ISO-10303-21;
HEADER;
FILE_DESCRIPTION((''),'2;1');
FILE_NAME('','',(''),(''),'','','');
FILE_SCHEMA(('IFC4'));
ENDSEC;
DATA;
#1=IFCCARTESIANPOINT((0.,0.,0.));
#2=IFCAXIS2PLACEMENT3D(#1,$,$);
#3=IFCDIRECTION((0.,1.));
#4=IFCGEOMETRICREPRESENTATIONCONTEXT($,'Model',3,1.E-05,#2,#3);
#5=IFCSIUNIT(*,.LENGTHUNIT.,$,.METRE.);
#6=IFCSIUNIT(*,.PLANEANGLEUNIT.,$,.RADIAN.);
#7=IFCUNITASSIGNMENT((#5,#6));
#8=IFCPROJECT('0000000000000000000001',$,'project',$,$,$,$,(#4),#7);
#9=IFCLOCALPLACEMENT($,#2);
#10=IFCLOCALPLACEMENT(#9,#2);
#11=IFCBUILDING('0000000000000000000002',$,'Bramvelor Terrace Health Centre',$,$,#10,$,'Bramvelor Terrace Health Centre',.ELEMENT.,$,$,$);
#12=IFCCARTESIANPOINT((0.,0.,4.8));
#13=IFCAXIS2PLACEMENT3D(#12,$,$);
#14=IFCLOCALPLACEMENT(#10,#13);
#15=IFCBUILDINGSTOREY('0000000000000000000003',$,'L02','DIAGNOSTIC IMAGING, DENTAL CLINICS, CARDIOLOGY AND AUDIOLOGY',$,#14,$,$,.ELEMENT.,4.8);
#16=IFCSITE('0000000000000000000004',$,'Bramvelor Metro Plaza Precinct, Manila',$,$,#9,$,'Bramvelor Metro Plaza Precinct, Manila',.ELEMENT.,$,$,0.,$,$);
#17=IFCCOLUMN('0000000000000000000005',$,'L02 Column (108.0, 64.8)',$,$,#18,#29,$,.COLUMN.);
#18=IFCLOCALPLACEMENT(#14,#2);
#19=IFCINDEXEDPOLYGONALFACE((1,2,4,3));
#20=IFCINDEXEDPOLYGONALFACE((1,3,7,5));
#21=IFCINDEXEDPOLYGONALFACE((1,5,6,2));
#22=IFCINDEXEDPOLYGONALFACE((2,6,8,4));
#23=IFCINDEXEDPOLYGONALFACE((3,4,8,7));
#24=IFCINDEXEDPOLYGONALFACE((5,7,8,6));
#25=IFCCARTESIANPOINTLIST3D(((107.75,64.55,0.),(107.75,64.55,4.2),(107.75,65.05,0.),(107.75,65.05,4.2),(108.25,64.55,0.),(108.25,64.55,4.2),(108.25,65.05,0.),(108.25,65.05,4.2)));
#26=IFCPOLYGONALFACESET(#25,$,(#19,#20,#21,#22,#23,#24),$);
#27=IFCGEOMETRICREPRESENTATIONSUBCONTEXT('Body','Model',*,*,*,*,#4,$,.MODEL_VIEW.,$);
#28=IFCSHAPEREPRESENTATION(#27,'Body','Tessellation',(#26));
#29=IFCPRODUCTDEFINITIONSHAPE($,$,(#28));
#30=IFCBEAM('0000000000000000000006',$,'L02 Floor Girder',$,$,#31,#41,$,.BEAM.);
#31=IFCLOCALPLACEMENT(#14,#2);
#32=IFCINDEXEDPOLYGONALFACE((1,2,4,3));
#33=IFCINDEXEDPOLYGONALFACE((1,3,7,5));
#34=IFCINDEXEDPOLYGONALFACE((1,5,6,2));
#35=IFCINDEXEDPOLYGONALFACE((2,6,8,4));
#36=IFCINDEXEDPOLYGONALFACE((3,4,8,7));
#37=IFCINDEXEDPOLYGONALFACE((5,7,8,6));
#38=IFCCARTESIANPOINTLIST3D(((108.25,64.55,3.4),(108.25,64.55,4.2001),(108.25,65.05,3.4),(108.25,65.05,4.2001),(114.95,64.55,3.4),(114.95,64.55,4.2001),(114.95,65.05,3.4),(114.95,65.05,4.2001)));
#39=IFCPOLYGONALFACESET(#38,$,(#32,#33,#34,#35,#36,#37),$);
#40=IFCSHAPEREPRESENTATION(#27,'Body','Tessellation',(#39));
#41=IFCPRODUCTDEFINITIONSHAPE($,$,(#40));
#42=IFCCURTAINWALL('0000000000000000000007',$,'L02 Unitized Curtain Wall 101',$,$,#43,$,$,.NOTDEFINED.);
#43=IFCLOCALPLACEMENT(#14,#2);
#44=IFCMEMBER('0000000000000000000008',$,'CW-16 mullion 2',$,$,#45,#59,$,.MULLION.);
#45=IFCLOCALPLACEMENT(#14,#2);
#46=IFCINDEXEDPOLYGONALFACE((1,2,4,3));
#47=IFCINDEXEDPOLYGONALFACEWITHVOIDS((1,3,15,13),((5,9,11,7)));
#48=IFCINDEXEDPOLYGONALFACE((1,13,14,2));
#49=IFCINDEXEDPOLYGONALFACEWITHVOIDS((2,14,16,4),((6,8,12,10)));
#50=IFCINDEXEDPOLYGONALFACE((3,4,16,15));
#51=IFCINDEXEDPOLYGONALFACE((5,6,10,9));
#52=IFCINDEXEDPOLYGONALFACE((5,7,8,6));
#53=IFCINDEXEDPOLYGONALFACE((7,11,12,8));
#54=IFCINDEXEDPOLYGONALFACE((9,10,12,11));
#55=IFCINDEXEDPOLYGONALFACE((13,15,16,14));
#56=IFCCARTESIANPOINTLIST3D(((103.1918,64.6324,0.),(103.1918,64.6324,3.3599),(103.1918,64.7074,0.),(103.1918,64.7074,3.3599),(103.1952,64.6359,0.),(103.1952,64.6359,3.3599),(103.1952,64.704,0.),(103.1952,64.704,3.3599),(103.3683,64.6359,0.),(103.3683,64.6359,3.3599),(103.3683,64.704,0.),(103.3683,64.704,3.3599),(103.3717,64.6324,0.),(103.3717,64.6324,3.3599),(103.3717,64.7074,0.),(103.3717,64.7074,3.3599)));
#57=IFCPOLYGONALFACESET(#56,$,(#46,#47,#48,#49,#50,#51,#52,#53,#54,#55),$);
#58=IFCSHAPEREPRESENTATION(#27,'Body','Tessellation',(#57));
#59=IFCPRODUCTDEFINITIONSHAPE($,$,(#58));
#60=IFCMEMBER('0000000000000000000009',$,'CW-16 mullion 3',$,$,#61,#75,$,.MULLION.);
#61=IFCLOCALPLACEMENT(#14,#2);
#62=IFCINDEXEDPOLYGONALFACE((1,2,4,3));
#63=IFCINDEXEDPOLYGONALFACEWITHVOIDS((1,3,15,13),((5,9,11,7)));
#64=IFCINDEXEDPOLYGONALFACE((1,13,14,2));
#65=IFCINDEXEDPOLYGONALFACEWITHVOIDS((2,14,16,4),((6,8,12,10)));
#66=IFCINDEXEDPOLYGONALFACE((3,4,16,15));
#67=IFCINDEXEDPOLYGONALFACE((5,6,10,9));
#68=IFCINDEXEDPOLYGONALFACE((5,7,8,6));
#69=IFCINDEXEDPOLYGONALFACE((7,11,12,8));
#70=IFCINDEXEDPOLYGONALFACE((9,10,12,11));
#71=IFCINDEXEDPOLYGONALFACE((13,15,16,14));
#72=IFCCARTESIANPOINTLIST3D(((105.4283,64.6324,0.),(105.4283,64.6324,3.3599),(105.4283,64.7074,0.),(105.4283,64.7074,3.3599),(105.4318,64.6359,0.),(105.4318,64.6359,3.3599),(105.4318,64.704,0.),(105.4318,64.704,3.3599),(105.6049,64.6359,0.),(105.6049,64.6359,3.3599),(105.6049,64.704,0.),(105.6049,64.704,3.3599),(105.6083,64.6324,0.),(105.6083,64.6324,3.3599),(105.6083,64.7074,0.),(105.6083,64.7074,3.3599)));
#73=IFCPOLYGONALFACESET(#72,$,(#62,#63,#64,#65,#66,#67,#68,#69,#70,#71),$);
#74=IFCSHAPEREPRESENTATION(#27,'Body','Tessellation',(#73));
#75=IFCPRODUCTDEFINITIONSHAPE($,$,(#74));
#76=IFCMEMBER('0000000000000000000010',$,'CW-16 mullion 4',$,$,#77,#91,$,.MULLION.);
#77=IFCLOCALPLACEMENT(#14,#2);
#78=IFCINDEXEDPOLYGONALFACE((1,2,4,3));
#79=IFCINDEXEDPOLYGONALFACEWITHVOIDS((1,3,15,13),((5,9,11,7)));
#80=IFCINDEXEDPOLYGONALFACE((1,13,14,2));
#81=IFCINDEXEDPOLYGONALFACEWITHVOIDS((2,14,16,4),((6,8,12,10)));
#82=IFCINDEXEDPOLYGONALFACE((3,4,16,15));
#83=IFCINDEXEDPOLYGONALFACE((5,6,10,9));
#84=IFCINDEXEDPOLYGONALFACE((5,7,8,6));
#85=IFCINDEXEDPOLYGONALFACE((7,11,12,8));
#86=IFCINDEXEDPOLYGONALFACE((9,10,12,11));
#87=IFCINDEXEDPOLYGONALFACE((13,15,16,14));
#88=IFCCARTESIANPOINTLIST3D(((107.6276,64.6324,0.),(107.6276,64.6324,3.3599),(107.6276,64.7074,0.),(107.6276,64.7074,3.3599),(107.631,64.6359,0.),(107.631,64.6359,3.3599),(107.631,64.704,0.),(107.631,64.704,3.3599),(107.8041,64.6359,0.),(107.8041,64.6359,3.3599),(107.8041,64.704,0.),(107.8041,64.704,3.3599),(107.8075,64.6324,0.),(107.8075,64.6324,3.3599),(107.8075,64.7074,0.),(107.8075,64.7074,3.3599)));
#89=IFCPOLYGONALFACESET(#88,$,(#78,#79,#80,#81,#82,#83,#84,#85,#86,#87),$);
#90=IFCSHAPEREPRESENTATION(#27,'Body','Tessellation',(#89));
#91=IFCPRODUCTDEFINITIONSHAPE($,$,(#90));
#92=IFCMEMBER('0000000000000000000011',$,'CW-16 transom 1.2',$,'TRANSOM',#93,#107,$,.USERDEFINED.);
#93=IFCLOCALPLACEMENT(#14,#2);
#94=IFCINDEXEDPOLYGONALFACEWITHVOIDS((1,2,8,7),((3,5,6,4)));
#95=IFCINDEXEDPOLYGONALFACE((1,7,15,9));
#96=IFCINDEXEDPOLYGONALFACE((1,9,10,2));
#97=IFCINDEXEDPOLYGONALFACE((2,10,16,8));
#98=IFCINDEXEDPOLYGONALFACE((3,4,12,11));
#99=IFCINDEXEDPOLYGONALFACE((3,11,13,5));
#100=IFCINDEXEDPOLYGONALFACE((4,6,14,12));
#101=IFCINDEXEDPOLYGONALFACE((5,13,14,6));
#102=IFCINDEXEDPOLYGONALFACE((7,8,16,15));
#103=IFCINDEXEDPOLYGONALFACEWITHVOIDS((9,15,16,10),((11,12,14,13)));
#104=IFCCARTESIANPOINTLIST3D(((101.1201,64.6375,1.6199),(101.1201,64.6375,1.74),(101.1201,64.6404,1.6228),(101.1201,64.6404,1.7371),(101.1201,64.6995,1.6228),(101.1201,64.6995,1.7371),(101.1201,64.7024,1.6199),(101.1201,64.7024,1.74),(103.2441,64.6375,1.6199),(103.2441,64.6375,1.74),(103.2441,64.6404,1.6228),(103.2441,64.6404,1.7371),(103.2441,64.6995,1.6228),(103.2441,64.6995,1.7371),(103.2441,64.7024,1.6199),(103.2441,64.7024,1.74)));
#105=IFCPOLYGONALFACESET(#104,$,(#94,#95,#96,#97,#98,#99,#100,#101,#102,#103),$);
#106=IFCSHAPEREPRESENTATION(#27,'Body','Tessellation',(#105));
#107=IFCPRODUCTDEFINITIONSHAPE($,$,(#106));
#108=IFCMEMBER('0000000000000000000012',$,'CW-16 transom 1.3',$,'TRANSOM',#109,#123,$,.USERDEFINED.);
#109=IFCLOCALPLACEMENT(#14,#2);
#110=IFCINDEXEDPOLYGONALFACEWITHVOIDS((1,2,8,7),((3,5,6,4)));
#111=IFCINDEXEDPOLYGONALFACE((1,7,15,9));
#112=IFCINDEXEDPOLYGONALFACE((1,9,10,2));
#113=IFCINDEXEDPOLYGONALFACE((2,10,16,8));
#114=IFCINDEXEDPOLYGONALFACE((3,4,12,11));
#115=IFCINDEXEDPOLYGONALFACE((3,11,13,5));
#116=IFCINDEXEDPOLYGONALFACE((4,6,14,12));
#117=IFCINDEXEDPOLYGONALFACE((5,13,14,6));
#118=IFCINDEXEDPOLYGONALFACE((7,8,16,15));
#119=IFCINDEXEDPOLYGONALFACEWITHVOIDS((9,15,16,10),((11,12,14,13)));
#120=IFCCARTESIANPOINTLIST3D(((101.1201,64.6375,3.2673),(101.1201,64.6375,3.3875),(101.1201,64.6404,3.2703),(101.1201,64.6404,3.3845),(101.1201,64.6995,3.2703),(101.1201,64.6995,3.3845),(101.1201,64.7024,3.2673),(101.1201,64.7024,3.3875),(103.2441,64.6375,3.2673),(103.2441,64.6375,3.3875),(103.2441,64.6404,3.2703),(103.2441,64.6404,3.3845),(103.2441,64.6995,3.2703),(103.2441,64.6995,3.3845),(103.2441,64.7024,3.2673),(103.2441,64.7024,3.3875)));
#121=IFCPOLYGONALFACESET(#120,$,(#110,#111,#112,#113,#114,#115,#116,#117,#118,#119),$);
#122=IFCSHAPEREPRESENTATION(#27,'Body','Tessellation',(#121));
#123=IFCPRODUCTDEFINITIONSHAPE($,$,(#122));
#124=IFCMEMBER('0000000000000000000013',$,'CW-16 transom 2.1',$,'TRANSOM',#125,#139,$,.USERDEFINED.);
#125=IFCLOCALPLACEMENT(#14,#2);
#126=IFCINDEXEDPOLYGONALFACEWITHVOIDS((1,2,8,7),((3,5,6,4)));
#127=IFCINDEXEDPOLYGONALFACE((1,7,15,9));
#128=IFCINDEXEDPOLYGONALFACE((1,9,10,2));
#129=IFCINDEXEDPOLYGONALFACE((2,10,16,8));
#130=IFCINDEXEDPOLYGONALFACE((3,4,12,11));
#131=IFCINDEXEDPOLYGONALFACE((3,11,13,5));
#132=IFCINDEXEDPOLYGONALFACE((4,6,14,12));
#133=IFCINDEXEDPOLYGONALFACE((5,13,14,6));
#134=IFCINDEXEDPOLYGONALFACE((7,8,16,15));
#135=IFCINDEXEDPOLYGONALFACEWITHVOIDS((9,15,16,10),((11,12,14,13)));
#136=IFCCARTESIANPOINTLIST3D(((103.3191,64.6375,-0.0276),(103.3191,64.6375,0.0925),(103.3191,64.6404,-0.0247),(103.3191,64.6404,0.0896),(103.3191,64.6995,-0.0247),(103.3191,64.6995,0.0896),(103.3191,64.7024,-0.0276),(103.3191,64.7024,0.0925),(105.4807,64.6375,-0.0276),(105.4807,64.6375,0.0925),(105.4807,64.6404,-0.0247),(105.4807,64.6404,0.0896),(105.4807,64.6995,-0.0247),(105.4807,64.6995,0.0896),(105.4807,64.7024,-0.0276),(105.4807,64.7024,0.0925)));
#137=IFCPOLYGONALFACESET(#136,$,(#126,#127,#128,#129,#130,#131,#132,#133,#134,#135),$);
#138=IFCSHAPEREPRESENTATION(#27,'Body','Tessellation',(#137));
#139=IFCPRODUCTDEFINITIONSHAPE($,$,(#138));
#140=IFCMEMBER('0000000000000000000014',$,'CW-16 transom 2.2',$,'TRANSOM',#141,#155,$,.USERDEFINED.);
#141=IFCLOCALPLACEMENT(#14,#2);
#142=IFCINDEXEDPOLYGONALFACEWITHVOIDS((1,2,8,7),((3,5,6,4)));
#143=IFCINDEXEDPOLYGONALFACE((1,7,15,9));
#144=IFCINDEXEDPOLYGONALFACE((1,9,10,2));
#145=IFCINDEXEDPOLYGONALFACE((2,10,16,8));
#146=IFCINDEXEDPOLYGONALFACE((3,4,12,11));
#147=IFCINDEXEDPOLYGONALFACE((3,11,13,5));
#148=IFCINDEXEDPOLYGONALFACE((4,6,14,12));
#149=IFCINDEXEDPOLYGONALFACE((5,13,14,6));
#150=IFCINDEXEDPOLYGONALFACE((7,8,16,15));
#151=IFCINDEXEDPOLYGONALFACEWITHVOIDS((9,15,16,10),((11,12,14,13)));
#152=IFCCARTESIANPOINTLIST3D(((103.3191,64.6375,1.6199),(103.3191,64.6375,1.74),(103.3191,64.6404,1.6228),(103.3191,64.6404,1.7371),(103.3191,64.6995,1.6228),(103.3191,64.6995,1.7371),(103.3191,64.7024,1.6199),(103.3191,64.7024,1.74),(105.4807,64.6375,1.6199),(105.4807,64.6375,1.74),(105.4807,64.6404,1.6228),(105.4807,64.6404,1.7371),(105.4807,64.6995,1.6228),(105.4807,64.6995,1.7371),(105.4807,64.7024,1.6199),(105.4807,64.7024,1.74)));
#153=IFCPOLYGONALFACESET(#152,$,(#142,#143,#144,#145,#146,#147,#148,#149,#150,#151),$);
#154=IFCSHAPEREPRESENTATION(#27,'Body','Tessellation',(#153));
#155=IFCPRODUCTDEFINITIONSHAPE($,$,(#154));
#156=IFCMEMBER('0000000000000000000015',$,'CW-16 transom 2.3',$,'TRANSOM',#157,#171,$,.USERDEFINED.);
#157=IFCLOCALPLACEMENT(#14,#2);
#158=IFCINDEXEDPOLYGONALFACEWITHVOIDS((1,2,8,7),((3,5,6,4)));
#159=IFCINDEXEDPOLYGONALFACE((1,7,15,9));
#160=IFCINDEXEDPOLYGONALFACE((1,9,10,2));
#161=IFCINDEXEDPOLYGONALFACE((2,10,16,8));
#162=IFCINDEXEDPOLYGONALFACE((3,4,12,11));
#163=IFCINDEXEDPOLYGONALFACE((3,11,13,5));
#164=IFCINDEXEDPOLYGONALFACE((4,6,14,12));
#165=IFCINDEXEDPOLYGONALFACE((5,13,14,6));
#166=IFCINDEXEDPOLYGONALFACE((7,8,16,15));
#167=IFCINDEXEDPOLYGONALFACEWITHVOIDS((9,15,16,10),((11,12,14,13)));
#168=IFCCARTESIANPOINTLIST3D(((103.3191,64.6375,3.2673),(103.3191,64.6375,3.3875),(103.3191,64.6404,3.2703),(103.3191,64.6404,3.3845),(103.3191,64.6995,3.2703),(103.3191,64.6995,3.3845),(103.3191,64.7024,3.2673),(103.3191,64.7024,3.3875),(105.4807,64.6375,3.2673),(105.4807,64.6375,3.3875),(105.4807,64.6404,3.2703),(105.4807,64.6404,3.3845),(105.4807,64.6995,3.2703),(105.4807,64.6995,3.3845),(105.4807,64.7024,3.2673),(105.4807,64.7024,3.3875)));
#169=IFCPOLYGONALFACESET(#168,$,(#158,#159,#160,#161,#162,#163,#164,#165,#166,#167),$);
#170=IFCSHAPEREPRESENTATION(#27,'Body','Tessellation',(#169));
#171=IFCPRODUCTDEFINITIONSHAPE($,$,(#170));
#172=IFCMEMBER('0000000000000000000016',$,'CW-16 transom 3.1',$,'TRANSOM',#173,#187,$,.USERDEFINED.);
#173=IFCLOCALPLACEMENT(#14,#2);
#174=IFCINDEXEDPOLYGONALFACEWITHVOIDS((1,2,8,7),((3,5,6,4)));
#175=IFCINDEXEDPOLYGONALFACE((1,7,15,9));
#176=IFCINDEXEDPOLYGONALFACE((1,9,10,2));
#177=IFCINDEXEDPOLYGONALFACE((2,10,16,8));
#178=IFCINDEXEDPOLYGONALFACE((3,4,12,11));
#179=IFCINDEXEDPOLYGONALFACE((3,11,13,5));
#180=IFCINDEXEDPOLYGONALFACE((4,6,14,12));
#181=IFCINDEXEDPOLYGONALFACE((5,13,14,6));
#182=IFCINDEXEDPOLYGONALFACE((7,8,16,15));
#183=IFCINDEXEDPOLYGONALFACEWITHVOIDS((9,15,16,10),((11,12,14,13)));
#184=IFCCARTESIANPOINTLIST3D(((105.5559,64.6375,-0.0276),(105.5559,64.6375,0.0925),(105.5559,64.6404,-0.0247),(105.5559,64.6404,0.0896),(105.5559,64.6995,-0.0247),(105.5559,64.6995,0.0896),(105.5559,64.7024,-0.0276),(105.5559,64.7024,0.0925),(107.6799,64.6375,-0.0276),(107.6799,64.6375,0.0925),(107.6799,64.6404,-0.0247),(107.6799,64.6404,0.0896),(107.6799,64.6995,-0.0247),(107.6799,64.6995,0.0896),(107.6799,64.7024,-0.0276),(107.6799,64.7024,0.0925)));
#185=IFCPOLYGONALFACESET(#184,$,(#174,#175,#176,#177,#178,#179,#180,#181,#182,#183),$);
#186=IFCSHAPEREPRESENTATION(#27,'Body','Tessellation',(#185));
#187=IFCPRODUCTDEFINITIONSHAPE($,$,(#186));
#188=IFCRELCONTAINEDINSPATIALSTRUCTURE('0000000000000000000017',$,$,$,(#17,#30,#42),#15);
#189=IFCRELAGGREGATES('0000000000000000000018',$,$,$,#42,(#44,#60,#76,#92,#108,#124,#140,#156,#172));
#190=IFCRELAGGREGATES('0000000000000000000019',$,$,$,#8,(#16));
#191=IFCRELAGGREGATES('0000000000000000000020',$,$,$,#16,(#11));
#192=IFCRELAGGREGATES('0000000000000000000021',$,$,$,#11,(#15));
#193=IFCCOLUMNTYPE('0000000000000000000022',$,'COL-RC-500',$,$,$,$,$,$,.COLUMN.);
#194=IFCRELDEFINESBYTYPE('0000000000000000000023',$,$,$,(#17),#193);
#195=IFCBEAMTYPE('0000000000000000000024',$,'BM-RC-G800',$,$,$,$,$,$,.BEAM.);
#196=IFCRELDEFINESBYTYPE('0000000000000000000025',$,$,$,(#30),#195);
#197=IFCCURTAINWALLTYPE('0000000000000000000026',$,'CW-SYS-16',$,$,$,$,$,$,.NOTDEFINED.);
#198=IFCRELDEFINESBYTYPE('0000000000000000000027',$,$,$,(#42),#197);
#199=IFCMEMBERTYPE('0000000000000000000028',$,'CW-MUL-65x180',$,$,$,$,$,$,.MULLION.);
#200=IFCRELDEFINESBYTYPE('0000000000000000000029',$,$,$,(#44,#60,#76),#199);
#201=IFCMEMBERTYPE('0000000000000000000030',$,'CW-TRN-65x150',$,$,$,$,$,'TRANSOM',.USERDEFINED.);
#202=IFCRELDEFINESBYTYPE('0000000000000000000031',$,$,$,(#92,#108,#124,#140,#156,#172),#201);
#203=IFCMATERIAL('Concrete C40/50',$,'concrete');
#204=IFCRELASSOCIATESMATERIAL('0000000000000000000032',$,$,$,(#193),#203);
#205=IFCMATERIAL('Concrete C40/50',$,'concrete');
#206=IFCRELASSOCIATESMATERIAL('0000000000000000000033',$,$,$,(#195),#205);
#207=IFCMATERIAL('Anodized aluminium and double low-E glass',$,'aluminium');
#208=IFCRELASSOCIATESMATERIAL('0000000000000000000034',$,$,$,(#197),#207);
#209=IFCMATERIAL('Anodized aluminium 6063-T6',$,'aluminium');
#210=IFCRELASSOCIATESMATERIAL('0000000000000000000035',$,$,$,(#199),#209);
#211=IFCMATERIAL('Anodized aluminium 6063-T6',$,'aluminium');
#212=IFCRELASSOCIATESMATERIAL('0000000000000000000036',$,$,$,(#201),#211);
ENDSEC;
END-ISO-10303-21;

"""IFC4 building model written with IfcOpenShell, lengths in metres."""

from ifc_helpers import new_model, si_unit, direction, frame, origin, origin_2d, place, context, subcontext, project, spatial, rectangle, hollow_rectangle, extrude, material, material_profile, profile_set, type_object, element, aggregate, save


model = new_model("IFC4")

# Units and contexts
model_context = context("Model", 3, precision=1e-05, world=origin(), true_north=direction((0.0, 1.0)))
body_context = subcontext(model_context, "Body", "Model", "MODEL_VIEW")
ifc_project = project(units=[si_unit("LENGTHUNIT", "METRE"), si_unit("PLANEANGLEUNIT", "RADIAN")], contexts=[model_context])

# Site, building, storey
site_placement = place(None, origin())
site = spatial("IfcSite", under=ifc_project, at=site_placement, Name="Bramvelor Metro Plaza Precinct, Manila", LongName="Bramvelor Metro Plaza Precinct, Manila", CompositionType="ELEMENT", RefElevation=0.0)
building_placement = place(site_placement, origin())
building = spatial("IfcBuilding", under=site, at=building_placement, Name="Bramvelor Terrace Health Centre", LongName="Bramvelor Terrace Health Centre", CompositionType="ELEMENT")
storey_placement = place(building_placement, frame((0.0, 0.0, 4.8)))
storey = spatial("IfcBuildingStorey", under=building, at=storey_placement, Name="L02", Description="DIAGNOSTIC IMAGING, DENTAL CLINICS, CARDIOLOGY AND AUDIOLOGY", CompositionType="ELEMENT", Elevation=4.8)

# Column
ifc_material_1 = material(Name="Concrete C40/50", Category="concrete")
ifc_material_profile_1 = material_profile(ifc_material_1, rectangle(XDim=0.5, YDim=0.5, at=origin_2d()), Name="RC 500x500")
ifc_profile_set_1 = profile_set([ifc_material_profile_1], Name="Concrete C40/50")
column_type = type_object("IfcColumnType", Name="COL-RC-500", PredefinedType="COLUMN", material=ifc_profile_set_1)
column_placement = place(storey_placement, frame((108.0, 64.8, 0.0), z_axis=(0.0, 0.0, 1.0), x_axis=(1.0, 0.0, 0.0)))
element("IfcColumn", 1, at=column_placement, inside=storey, type_object=column_type, Name="L02 Column (108.0, 64.8)", PredefinedType="COLUMN", context=body_context, shape_type="SweptSolid", body=[
    extrude(rectangle(XDim=0.5, YDim=0.5, at=origin_2d()), origin(), (0.0, 0.0, 1.0), 4.2),
])

# Beam
ifc_material_2 = material(Name="Concrete C40/50", Category="concrete")
ifc_material_profile_2 = material_profile(ifc_material_2, rectangle(XDim=0.5, YDim=0.8, at=origin_2d()), Name="RC 500x800")
ifc_profile_set_2 = profile_set([ifc_material_profile_2], Name="Concrete C40/50")
beam_type = type_object("IfcBeamType", Name="BM-RC-G800", PredefinedType="BEAM", material=ifc_profile_set_2)
beam_placement = place(storey_placement, frame((108.25, 64.8, 3.8), z_axis=(1.0, 0.0, 0.0), x_axis=(0.0, 1.0, 0.0)))
element("IfcBeam", 2, at=beam_placement, inside=storey, type_object=beam_type, Name="L02 Floor Girder", PredefinedType="BEAM", context=body_context, shape_type="SweptSolid", body=[
    extrude(rectangle(XDim=0.5, YDim=0.8, at=origin_2d()), origin(), (0.0, 0.0, 1.0), 6.7),
])

# Curtain wall, members
ifc_material_3 = material(Name="Anodized aluminium and double low-E glass", Category="aluminium")
curtain_wall_type = type_object("IfcCurtainWallType", Name="CW-SYS-16", PredefinedType="NOTDEFINED", material=ifc_material_3)
curtain_wall_placement = place(storey_placement, origin())
curtain_wall = element("IfcCurtainWall", 3, at=curtain_wall_placement, inside=storey, type_object=curtain_wall_type, Name="L02 Unitized Curtain Wall 101", PredefinedType="NOTDEFINED")
ifc_material_4 = material(Name="Anodized aluminium 6063-T6", Category="aluminium")
ifc_material_profile_3 = material_profile(ifc_material_4, hollow_rectangle(XDim=0.075, YDim=0.1799, WallThickness=0.0034, at=origin_2d()), Name="ALU-MUL 75x180x3.5")
ifc_profile_set_3 = profile_set([ifc_material_profile_3], Name="Anodized aluminium 6063-T6")
member_type_1 = type_object("IfcMemberType", Name="CW-MUL-65x180", PredefinedType="MULLION", material=ifc_profile_set_3)
member_1_placement = place(storey_placement, frame((103.2817, 64.6699, 0.0), z_axis=(0.0, 0.0, 1.0), x_axis=(0.0, 1.0, 0.0)))
member_1 = element("IfcMember", 4, at=member_1_placement, type_object=member_type_1, Name="CW-16 mullion 2", PredefinedType="MULLION", context=body_context, shape_type="SweptSolid", body=[
    extrude(hollow_rectangle(XDim=0.075, YDim=0.1799, WallThickness=0.0034, at=origin_2d()), origin(), (0.0, 0.0, 1.0), 3.3599),
])
member_2_placement = place(storey_placement, frame((105.5183, 64.6699, 0.0), z_axis=(0.0, 0.0, 1.0), x_axis=(0.0, 1.0, 0.0)))
member_2 = element("IfcMember", 5, at=member_2_placement, type_object=member_type_1, Name="CW-16 mullion 3", PredefinedType="MULLION", context=body_context, shape_type="SweptSolid", body=[
    extrude(hollow_rectangle(XDim=0.075, YDim=0.1799, WallThickness=0.0034, at=origin_2d()), origin(), (0.0, 0.0, 1.0), 3.3599),
])
member_3_placement = place(storey_placement, frame((107.7175, 64.6699, 0.0), z_axis=(0.0, 0.0, 1.0), x_axis=(0.0, 1.0, 0.0)))
member_3 = element("IfcMember", 6, at=member_3_placement, type_object=member_type_1, Name="CW-16 mullion 4", PredefinedType="MULLION", context=body_context, shape_type="SweptSolid", body=[
    extrude(hollow_rectangle(XDim=0.075, YDim=0.1799, WallThickness=0.0034, at=origin_2d()), origin(), (0.0, 0.0, 1.0), 3.3599),
])
ifc_material_5 = material(Name="Anodized aluminium 6063-T6", Category="aluminium")
ifc_material_profile_4 = material_profile(ifc_material_5, hollow_rectangle(XDim=0.0649, YDim=0.1201, WallThickness=0.0029, at=origin_2d()), Name="ALU-TRN 65x120x3.0")
ifc_profile_set_4 = profile_set([ifc_material_profile_4], Name="Anodized aluminium 6063-T6")
member_type_2 = type_object("IfcMemberType", Name="CW-TRN-65x150", ElementType="TRANSOM", PredefinedType="USERDEFINED", material=ifc_profile_set_4)
member_4_placement = place(storey_placement, frame((101.1201, 64.6699, 1.6799), z_axis=(1.0, 0.0, 0.0), x_axis=(0.0, 1.0, 0.0)))
member_4 = element("IfcMember", 7, at=member_4_placement, type_object=member_type_2, Name="CW-16 transom 1.2", ObjectType="TRANSOM", PredefinedType="USERDEFINED", context=body_context, shape_type="SweptSolid", body=[
    extrude(hollow_rectangle(XDim=0.0649, YDim=0.1201, WallThickness=0.0029, at=origin_2d()), origin(), (0.0, 0.0, 1.0), 2.124),
])
member_5_placement = place(storey_placement, frame((101.1201, 64.6699, 3.3274), z_axis=(1.0, 0.0, 0.0), x_axis=(0.0, 1.0, 0.0)))
member_5 = element("IfcMember", 8, at=member_5_placement, type_object=member_type_2, Name="CW-16 transom 1.3", ObjectType="TRANSOM", PredefinedType="USERDEFINED", context=body_context, shape_type="SweptSolid", body=[
    extrude(hollow_rectangle(XDim=0.0649, YDim=0.1201, WallThickness=0.0029, at=origin_2d()), origin(), (0.0, 0.0, 1.0), 2.124),
])
member_6_placement = place(storey_placement, frame((103.3191, 64.6699, 0.0325), z_axis=(1.0, 0.0, 0.0), x_axis=(0.0, 1.0, 0.0)))
member_6 = element("IfcMember", 9, at=member_6_placement, type_object=member_type_2, Name="CW-16 transom 2.1", ObjectType="TRANSOM", PredefinedType="USERDEFINED", context=body_context, shape_type="SweptSolid", body=[
    extrude(hollow_rectangle(XDim=0.0649, YDim=0.1201, WallThickness=0.0029, at=origin_2d()), origin(), (0.0, 0.0, 1.0), 2.1616),
])
member_7_placement = place(storey_placement, frame((103.3191, 64.6699, 1.6799), z_axis=(1.0, 0.0, 0.0), x_axis=(0.0, 1.0, 0.0)))
member_7 = element("IfcMember", 10, at=member_7_placement, type_object=member_type_2, Name="CW-16 transom 2.2", ObjectType="TRANSOM", PredefinedType="USERDEFINED", context=body_context, shape_type="SweptSolid", body=[
    extrude(hollow_rectangle(XDim=0.0649, YDim=0.1201, WallThickness=0.0029, at=origin_2d()), origin(), (0.0, 0.0, 1.0), 2.1616),
])
member_8_placement = place(storey_placement, frame((103.3191, 64.6699, 3.3274), z_axis=(1.0, 0.0, 0.0), x_axis=(0.0, 1.0, 0.0)))
member_8 = element("IfcMember", 11, at=member_8_placement, type_object=member_type_2, Name="CW-16 transom 2.3", ObjectType="TRANSOM", PredefinedType="USERDEFINED", context=body_context, shape_type="SweptSolid", body=[
    extrude(hollow_rectangle(XDim=0.0649, YDim=0.1201, WallThickness=0.0029, at=origin_2d()), origin(), (0.0, 0.0, 1.0), 2.1616),
])
member_9_placement = place(storey_placement, frame((105.5559, 64.6699, 0.0325), z_axis=(1.0, 0.0, 0.0), x_axis=(0.0, 1.0, 0.0)))
member_9 = element("IfcMember", 12, at=member_9_placement, type_object=member_type_2, Name="CW-16 transom 3.1", ObjectType="TRANSOM", PredefinedType="USERDEFINED", context=body_context, shape_type="SweptSolid", body=[
    extrude(hollow_rectangle(XDim=0.0649, YDim=0.1201, WallThickness=0.0029, at=origin_2d()), origin(), (0.0, 0.0, 1.0), 2.124),
])
aggregate(curtain_wall, [member_1, member_2, member_3, member_4, member_5, member_6, member_7, member_8, member_9])

save(model, "model.ifc")
